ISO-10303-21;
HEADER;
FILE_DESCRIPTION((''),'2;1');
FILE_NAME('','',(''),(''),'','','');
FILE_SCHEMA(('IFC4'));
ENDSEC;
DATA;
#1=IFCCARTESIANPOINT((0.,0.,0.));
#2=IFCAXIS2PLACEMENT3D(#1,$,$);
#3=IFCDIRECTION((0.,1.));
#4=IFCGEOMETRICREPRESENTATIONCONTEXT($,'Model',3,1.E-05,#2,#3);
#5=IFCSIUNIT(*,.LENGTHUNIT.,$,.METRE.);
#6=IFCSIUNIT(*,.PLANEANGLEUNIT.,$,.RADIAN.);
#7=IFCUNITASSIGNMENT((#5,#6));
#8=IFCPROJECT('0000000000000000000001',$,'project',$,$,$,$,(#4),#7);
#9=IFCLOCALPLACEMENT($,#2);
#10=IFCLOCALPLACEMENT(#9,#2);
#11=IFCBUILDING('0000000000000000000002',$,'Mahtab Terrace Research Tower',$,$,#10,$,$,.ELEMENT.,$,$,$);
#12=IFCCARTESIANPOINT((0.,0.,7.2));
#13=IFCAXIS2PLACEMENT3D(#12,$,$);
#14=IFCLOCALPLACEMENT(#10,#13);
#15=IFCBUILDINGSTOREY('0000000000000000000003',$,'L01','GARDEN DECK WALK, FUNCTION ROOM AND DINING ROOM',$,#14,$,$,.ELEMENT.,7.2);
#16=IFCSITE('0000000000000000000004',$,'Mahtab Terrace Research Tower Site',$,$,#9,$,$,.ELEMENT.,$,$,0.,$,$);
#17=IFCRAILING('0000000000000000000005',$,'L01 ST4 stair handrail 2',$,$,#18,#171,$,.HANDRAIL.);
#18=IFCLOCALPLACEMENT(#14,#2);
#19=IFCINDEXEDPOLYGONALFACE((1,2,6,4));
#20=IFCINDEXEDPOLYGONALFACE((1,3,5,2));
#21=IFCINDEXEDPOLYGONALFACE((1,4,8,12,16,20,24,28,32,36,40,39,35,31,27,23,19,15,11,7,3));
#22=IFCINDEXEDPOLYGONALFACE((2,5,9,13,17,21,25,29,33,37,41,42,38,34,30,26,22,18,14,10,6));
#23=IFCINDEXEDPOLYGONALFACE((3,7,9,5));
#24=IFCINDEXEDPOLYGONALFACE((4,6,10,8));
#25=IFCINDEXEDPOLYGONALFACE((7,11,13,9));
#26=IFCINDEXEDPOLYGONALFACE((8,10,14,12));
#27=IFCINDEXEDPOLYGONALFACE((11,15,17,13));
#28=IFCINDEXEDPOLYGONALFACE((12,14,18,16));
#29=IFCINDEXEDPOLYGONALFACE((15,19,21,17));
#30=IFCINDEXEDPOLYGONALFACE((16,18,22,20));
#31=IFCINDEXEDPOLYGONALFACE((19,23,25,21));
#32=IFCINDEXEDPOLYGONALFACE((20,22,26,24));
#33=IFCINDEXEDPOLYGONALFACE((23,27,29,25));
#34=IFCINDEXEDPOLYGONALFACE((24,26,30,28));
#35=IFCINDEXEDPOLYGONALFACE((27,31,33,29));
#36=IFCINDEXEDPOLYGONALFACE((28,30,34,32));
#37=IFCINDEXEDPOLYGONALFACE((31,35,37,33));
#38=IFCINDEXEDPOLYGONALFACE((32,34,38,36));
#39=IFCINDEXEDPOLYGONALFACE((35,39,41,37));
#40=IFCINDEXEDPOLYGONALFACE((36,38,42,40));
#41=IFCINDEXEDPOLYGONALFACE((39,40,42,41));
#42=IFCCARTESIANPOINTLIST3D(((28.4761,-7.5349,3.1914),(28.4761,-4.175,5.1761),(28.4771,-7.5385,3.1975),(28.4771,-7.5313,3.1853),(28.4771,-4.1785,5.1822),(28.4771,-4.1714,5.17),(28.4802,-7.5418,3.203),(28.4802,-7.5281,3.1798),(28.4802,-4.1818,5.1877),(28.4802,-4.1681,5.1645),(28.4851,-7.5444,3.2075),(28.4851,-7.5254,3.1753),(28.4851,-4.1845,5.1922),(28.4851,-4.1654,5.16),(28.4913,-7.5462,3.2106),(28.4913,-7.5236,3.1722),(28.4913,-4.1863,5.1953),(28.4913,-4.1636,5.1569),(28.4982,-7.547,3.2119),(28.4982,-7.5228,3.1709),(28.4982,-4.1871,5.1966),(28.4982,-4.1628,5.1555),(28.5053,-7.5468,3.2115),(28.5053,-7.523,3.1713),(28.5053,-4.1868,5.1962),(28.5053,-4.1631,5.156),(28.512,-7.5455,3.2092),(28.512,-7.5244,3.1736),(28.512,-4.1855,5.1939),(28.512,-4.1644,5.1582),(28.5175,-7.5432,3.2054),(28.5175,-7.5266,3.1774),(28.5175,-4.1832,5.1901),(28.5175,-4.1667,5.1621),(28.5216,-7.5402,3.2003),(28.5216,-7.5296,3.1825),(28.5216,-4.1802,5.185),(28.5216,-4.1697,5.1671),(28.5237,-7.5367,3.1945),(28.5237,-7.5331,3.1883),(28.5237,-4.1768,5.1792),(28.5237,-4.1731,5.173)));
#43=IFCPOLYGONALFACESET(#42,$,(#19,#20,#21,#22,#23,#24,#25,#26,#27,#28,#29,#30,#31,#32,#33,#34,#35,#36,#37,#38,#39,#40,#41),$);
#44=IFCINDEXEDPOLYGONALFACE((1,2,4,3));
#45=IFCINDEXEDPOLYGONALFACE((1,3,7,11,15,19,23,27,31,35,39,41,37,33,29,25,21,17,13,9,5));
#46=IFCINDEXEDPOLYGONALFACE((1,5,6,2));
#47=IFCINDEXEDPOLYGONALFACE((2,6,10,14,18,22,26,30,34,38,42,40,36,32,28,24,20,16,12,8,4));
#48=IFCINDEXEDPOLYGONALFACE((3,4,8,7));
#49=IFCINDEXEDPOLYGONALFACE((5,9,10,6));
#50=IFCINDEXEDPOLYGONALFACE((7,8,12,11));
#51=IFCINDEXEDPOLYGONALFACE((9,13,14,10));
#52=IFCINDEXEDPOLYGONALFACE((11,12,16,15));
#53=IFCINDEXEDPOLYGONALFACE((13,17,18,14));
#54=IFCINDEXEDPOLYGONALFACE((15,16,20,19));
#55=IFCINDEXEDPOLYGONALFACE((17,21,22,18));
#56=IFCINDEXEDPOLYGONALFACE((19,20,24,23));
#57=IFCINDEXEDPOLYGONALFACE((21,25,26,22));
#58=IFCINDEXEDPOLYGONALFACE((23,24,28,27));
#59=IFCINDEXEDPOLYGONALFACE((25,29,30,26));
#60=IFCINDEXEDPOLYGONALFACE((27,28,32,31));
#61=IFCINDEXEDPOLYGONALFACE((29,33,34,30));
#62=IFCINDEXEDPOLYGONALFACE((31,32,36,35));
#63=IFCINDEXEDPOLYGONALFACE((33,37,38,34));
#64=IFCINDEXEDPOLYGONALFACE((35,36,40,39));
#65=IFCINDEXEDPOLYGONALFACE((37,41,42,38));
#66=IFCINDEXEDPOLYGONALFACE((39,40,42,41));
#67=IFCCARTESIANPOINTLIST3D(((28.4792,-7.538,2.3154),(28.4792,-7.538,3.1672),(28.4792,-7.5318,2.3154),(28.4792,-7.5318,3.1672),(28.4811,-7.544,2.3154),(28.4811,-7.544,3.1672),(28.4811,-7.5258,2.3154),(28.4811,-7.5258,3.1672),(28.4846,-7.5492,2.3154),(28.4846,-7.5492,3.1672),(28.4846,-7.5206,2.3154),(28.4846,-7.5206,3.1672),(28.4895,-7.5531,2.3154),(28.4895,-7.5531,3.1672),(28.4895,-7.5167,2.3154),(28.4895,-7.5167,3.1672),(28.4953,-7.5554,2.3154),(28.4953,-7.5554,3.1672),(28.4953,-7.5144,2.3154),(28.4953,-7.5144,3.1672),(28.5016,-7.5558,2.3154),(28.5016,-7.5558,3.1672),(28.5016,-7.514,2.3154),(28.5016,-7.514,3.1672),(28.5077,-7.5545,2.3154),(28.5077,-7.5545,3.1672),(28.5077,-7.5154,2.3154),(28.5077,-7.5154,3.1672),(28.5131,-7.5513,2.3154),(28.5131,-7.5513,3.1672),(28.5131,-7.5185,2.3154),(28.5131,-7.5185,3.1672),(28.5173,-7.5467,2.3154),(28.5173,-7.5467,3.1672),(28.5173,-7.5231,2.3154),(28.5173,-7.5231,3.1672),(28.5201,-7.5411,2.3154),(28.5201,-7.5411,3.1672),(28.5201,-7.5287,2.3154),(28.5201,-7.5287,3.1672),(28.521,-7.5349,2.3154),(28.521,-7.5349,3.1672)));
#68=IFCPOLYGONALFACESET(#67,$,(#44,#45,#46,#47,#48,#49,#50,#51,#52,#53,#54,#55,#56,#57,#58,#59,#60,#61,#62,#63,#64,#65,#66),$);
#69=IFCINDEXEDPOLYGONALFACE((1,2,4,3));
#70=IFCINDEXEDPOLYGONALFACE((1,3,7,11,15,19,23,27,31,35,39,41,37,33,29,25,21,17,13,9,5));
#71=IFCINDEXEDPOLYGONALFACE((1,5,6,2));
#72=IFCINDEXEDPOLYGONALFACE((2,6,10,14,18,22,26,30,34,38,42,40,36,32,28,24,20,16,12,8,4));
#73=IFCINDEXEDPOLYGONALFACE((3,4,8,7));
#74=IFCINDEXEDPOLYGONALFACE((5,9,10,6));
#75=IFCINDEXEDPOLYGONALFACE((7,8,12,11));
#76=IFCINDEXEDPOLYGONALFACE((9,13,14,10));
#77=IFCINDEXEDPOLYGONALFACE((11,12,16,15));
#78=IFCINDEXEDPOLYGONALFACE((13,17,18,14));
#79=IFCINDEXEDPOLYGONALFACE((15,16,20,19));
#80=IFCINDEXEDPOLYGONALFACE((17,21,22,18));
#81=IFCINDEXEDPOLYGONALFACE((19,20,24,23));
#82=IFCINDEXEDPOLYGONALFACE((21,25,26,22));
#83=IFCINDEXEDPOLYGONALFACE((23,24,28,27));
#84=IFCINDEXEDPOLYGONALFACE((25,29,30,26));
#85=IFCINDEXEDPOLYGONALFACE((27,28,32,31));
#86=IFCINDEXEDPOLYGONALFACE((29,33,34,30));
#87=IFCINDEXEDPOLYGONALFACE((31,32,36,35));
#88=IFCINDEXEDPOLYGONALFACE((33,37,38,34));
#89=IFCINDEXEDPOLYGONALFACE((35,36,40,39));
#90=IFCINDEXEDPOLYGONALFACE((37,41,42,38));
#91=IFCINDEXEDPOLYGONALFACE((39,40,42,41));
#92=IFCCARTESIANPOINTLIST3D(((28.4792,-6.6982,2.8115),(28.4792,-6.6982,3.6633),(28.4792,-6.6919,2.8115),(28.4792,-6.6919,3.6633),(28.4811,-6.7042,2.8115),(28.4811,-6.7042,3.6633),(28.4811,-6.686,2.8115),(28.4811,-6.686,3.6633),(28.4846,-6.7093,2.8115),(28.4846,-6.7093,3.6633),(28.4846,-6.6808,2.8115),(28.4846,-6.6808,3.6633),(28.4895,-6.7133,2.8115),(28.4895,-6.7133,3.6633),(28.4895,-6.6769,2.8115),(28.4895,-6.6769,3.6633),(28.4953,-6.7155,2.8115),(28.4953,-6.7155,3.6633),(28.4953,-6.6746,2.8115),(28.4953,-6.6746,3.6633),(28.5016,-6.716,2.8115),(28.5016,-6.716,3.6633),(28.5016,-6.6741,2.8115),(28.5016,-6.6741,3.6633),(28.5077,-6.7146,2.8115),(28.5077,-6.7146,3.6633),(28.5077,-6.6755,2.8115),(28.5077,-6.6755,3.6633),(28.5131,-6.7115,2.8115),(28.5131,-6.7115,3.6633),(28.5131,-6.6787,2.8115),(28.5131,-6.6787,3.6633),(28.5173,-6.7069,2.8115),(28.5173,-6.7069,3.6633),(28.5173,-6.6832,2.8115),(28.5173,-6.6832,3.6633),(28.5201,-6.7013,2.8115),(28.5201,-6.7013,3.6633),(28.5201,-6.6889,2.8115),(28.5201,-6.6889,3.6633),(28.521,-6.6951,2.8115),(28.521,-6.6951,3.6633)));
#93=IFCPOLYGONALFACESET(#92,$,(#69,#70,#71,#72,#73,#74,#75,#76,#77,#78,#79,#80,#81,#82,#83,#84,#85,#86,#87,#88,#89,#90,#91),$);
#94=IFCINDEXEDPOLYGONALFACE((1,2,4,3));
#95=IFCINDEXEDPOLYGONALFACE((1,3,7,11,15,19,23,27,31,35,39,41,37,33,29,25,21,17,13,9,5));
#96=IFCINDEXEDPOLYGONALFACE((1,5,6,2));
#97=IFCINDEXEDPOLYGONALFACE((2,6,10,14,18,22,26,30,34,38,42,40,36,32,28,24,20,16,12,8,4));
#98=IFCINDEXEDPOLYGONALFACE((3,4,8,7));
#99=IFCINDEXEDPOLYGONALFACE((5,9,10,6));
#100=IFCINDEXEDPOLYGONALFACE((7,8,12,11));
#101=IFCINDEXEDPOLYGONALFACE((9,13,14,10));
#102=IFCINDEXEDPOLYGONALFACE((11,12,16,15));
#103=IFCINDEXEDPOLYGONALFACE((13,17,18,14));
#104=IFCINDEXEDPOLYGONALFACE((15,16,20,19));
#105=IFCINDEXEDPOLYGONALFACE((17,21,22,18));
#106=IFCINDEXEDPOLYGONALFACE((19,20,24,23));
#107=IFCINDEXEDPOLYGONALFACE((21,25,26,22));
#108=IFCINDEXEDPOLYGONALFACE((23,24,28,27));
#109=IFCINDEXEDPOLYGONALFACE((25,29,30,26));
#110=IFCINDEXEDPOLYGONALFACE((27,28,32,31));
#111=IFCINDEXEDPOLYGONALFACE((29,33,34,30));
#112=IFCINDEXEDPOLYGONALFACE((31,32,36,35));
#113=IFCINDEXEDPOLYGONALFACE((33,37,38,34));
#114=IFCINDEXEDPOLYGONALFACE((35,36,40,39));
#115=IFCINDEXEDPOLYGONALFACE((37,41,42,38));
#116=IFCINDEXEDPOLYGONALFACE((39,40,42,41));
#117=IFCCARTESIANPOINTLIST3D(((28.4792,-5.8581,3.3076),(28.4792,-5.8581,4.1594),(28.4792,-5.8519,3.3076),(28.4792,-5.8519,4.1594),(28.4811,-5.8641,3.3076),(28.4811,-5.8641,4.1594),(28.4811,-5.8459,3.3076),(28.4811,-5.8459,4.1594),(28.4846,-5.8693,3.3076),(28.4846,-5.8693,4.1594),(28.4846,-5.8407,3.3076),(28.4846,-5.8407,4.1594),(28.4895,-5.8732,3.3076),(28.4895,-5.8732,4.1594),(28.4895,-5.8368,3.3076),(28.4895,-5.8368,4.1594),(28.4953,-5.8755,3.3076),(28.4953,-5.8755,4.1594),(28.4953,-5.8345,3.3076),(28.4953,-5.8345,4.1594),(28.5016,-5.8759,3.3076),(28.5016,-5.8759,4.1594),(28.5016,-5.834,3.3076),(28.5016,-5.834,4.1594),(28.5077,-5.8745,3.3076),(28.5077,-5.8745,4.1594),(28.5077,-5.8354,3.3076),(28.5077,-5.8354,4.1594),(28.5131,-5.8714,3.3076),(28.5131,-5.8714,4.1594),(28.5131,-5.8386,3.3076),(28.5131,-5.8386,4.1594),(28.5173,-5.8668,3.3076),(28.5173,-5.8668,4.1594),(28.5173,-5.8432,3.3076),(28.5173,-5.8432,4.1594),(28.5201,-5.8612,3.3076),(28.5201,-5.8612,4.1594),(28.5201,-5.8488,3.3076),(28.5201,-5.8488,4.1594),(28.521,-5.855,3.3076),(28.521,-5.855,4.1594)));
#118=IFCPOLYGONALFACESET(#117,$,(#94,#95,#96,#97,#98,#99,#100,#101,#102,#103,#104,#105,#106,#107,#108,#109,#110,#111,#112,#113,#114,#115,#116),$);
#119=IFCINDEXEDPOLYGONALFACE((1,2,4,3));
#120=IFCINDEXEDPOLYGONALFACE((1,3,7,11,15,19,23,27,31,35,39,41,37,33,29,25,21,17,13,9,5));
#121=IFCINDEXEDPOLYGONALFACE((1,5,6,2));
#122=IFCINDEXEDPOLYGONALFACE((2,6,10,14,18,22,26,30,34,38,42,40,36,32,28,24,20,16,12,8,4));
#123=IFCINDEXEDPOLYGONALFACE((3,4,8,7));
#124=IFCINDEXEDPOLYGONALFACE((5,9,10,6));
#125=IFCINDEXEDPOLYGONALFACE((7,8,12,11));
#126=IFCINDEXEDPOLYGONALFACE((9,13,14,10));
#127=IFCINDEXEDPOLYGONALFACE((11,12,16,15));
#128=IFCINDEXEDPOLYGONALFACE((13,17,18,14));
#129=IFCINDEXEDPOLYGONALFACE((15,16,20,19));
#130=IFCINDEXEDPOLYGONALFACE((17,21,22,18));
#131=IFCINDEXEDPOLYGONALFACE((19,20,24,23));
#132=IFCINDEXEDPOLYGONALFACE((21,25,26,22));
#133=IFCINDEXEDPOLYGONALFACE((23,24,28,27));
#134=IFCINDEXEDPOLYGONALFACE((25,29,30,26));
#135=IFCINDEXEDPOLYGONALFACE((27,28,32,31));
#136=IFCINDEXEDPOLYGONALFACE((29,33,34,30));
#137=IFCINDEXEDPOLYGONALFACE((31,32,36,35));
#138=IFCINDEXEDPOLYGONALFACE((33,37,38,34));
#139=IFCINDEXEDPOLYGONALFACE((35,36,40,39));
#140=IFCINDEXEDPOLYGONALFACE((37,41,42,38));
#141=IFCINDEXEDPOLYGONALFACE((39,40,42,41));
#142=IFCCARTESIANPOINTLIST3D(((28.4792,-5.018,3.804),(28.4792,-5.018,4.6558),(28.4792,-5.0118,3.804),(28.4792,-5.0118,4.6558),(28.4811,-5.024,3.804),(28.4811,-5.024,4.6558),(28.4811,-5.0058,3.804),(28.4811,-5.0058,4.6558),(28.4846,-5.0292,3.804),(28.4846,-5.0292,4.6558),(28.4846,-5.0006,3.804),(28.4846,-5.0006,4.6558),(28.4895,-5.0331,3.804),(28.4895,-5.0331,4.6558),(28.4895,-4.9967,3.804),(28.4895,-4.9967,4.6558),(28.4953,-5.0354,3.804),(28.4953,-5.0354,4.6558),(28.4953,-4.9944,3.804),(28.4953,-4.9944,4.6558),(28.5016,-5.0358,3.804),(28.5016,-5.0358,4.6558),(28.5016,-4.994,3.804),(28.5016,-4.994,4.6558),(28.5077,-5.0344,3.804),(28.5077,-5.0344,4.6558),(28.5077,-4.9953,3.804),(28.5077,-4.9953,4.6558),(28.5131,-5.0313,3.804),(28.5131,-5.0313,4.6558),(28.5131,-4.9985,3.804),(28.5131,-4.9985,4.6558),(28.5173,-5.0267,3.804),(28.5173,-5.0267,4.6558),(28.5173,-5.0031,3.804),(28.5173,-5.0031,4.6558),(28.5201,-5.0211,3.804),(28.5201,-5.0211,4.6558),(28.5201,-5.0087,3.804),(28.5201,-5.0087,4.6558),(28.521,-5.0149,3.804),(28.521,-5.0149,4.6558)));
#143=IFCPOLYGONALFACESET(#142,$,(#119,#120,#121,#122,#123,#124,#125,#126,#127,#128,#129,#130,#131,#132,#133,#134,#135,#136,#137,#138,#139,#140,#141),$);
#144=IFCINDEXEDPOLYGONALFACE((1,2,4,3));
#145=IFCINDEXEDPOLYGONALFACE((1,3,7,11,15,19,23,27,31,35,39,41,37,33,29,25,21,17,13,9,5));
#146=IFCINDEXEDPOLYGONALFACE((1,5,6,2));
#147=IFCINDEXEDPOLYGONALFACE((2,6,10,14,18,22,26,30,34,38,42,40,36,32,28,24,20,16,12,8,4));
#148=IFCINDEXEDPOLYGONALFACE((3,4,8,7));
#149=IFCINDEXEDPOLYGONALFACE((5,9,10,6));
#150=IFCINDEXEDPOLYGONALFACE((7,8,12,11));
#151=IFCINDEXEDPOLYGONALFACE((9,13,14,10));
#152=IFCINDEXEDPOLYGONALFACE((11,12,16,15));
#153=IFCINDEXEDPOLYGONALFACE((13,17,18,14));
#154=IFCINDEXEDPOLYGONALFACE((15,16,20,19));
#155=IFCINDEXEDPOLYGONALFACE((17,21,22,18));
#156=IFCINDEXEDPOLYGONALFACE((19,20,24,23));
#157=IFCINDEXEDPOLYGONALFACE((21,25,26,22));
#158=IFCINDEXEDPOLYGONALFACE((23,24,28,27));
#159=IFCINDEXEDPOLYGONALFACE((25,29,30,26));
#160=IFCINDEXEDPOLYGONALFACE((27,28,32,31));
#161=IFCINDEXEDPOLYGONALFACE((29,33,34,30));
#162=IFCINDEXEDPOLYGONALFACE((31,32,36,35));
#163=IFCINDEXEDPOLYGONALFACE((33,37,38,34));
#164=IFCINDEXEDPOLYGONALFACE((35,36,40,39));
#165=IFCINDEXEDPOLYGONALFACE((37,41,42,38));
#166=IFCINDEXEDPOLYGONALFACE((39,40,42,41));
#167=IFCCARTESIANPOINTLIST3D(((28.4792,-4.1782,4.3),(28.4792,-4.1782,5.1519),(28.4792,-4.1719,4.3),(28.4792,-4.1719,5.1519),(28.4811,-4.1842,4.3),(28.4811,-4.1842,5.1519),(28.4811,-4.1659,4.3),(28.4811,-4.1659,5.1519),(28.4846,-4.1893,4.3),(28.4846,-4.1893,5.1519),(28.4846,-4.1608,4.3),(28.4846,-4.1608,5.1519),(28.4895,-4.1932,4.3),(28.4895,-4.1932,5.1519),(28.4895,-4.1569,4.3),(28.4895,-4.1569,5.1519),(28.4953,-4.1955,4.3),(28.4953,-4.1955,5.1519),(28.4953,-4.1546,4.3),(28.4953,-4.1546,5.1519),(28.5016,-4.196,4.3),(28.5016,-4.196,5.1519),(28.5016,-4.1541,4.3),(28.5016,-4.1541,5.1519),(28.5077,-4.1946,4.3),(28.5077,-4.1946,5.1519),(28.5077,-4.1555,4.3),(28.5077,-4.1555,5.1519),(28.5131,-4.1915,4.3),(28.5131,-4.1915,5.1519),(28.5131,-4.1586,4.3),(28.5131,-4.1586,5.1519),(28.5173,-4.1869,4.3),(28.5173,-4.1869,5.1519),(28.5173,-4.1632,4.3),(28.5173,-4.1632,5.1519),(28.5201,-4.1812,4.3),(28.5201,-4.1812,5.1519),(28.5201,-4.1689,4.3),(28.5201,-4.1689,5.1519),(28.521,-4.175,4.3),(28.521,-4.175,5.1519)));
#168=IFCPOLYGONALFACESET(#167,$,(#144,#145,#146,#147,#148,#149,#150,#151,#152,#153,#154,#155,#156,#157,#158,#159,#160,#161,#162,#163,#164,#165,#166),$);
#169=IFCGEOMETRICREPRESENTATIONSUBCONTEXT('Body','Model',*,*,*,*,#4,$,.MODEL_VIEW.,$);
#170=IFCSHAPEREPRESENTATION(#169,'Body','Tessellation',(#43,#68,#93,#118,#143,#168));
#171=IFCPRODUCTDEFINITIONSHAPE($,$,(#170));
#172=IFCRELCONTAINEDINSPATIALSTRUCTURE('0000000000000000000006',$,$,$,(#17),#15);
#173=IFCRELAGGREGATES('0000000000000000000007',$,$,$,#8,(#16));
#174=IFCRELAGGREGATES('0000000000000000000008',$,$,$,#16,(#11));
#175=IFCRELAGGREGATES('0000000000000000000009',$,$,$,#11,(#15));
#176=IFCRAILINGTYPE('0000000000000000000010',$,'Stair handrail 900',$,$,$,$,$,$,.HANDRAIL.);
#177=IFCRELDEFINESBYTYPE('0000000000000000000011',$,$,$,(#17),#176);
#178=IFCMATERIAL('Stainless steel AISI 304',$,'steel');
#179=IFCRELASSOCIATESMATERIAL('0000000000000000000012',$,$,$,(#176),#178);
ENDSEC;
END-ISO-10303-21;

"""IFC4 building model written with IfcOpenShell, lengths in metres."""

from ifc_helpers import new_model, si_unit, direction, frame, origin, origin_2d, place, context, subcontext, project, spatial, circle, extrude, material, type_object, element, save


model = new_model("IFC4")

# Units and contexts
model_context = context("Model", 3, precision=1e-05, world=origin(), true_north=direction((0.0, 1.0)))
body_context = subcontext(model_context, "Body", "Model", "MODEL_VIEW")
ifc_project = project(units=[si_unit("LENGTHUNIT", "METRE"), si_unit("PLANEANGLEUNIT", "RADIAN")], contexts=[model_context])

# Site, building, storey
site_placement = place(None, origin())
site = spatial("IfcSite", under=ifc_project, at=site_placement, Name="Mahtab Terrace Research Tower Site", CompositionType="ELEMENT", RefElevation=0.0)
building_placement = place(site_placement, origin())
building = spatial("IfcBuilding", under=site, at=building_placement, Name="Mahtab Terrace Research Tower", CompositionType="ELEMENT")
storey_placement = place(building_placement, frame((0.0, 0.0, 7.2)))
storey = spatial("IfcBuildingStorey", under=building, at=storey_placement, Name="L01", Description="GARDEN DECK WALK, FUNCTION ROOM AND DINING ROOM", CompositionType="ELEMENT", Elevation=7.2)

# Railing
ifc_material_1 = material(Name="Stainless steel AISI 304", Category="steel")
railing_type_1 = type_object("IfcRailingType", Name="Stair handrail 900", PredefinedType="HANDRAIL", material=ifc_material_1)
railing_1_placement = place(storey_placement, frame((28.5, -7.5349, 2.3154)))
element("IfcRailing", 1, at=railing_1_placement, inside=storey, type_object=railing_type_1, Name="L01 ST4 stair handrail 2", PredefinedType="HANDRAIL", context=body_context, shape_type="SweptSolid", body=[
    extrude(circle(Radius=0.0239, at=origin_2d()), frame((0.0, 0.0, 0.876), z_axis=(0.0, 0.861011, 0.508586), x_axis=(-1.0, 0.0, 0.0)), (0.0, 0.0, 1.0), 3.9023),
    extrude(circle(Radius=0.021, at=origin_2d()), origin(), (0.0, 0.0, 1.0), 0.8518),
    extrude(circle(Radius=0.021, at=origin_2d()), frame((0.0, 0.8398, 0.4961)), (0.0, 0.0, 1.0), 0.8518),
    extrude(circle(Radius=0.021, at=origin_2d()), frame((0.0, 1.6799, 0.9922)), (0.0, 0.0, 1.0), 0.8518),
    extrude(circle(Radius=0.021, at=origin_2d()), frame((0.0, 2.52, 1.4885)), (0.0, 0.0, 1.0), 0.8518),
    extrude(circle(Radius=0.021, at=origin_2d()), frame((0.0, 3.3599, 1.9846)), (0.0, 0.0, 1.0), 0.8518),
])

save(model, "model.ifc")
